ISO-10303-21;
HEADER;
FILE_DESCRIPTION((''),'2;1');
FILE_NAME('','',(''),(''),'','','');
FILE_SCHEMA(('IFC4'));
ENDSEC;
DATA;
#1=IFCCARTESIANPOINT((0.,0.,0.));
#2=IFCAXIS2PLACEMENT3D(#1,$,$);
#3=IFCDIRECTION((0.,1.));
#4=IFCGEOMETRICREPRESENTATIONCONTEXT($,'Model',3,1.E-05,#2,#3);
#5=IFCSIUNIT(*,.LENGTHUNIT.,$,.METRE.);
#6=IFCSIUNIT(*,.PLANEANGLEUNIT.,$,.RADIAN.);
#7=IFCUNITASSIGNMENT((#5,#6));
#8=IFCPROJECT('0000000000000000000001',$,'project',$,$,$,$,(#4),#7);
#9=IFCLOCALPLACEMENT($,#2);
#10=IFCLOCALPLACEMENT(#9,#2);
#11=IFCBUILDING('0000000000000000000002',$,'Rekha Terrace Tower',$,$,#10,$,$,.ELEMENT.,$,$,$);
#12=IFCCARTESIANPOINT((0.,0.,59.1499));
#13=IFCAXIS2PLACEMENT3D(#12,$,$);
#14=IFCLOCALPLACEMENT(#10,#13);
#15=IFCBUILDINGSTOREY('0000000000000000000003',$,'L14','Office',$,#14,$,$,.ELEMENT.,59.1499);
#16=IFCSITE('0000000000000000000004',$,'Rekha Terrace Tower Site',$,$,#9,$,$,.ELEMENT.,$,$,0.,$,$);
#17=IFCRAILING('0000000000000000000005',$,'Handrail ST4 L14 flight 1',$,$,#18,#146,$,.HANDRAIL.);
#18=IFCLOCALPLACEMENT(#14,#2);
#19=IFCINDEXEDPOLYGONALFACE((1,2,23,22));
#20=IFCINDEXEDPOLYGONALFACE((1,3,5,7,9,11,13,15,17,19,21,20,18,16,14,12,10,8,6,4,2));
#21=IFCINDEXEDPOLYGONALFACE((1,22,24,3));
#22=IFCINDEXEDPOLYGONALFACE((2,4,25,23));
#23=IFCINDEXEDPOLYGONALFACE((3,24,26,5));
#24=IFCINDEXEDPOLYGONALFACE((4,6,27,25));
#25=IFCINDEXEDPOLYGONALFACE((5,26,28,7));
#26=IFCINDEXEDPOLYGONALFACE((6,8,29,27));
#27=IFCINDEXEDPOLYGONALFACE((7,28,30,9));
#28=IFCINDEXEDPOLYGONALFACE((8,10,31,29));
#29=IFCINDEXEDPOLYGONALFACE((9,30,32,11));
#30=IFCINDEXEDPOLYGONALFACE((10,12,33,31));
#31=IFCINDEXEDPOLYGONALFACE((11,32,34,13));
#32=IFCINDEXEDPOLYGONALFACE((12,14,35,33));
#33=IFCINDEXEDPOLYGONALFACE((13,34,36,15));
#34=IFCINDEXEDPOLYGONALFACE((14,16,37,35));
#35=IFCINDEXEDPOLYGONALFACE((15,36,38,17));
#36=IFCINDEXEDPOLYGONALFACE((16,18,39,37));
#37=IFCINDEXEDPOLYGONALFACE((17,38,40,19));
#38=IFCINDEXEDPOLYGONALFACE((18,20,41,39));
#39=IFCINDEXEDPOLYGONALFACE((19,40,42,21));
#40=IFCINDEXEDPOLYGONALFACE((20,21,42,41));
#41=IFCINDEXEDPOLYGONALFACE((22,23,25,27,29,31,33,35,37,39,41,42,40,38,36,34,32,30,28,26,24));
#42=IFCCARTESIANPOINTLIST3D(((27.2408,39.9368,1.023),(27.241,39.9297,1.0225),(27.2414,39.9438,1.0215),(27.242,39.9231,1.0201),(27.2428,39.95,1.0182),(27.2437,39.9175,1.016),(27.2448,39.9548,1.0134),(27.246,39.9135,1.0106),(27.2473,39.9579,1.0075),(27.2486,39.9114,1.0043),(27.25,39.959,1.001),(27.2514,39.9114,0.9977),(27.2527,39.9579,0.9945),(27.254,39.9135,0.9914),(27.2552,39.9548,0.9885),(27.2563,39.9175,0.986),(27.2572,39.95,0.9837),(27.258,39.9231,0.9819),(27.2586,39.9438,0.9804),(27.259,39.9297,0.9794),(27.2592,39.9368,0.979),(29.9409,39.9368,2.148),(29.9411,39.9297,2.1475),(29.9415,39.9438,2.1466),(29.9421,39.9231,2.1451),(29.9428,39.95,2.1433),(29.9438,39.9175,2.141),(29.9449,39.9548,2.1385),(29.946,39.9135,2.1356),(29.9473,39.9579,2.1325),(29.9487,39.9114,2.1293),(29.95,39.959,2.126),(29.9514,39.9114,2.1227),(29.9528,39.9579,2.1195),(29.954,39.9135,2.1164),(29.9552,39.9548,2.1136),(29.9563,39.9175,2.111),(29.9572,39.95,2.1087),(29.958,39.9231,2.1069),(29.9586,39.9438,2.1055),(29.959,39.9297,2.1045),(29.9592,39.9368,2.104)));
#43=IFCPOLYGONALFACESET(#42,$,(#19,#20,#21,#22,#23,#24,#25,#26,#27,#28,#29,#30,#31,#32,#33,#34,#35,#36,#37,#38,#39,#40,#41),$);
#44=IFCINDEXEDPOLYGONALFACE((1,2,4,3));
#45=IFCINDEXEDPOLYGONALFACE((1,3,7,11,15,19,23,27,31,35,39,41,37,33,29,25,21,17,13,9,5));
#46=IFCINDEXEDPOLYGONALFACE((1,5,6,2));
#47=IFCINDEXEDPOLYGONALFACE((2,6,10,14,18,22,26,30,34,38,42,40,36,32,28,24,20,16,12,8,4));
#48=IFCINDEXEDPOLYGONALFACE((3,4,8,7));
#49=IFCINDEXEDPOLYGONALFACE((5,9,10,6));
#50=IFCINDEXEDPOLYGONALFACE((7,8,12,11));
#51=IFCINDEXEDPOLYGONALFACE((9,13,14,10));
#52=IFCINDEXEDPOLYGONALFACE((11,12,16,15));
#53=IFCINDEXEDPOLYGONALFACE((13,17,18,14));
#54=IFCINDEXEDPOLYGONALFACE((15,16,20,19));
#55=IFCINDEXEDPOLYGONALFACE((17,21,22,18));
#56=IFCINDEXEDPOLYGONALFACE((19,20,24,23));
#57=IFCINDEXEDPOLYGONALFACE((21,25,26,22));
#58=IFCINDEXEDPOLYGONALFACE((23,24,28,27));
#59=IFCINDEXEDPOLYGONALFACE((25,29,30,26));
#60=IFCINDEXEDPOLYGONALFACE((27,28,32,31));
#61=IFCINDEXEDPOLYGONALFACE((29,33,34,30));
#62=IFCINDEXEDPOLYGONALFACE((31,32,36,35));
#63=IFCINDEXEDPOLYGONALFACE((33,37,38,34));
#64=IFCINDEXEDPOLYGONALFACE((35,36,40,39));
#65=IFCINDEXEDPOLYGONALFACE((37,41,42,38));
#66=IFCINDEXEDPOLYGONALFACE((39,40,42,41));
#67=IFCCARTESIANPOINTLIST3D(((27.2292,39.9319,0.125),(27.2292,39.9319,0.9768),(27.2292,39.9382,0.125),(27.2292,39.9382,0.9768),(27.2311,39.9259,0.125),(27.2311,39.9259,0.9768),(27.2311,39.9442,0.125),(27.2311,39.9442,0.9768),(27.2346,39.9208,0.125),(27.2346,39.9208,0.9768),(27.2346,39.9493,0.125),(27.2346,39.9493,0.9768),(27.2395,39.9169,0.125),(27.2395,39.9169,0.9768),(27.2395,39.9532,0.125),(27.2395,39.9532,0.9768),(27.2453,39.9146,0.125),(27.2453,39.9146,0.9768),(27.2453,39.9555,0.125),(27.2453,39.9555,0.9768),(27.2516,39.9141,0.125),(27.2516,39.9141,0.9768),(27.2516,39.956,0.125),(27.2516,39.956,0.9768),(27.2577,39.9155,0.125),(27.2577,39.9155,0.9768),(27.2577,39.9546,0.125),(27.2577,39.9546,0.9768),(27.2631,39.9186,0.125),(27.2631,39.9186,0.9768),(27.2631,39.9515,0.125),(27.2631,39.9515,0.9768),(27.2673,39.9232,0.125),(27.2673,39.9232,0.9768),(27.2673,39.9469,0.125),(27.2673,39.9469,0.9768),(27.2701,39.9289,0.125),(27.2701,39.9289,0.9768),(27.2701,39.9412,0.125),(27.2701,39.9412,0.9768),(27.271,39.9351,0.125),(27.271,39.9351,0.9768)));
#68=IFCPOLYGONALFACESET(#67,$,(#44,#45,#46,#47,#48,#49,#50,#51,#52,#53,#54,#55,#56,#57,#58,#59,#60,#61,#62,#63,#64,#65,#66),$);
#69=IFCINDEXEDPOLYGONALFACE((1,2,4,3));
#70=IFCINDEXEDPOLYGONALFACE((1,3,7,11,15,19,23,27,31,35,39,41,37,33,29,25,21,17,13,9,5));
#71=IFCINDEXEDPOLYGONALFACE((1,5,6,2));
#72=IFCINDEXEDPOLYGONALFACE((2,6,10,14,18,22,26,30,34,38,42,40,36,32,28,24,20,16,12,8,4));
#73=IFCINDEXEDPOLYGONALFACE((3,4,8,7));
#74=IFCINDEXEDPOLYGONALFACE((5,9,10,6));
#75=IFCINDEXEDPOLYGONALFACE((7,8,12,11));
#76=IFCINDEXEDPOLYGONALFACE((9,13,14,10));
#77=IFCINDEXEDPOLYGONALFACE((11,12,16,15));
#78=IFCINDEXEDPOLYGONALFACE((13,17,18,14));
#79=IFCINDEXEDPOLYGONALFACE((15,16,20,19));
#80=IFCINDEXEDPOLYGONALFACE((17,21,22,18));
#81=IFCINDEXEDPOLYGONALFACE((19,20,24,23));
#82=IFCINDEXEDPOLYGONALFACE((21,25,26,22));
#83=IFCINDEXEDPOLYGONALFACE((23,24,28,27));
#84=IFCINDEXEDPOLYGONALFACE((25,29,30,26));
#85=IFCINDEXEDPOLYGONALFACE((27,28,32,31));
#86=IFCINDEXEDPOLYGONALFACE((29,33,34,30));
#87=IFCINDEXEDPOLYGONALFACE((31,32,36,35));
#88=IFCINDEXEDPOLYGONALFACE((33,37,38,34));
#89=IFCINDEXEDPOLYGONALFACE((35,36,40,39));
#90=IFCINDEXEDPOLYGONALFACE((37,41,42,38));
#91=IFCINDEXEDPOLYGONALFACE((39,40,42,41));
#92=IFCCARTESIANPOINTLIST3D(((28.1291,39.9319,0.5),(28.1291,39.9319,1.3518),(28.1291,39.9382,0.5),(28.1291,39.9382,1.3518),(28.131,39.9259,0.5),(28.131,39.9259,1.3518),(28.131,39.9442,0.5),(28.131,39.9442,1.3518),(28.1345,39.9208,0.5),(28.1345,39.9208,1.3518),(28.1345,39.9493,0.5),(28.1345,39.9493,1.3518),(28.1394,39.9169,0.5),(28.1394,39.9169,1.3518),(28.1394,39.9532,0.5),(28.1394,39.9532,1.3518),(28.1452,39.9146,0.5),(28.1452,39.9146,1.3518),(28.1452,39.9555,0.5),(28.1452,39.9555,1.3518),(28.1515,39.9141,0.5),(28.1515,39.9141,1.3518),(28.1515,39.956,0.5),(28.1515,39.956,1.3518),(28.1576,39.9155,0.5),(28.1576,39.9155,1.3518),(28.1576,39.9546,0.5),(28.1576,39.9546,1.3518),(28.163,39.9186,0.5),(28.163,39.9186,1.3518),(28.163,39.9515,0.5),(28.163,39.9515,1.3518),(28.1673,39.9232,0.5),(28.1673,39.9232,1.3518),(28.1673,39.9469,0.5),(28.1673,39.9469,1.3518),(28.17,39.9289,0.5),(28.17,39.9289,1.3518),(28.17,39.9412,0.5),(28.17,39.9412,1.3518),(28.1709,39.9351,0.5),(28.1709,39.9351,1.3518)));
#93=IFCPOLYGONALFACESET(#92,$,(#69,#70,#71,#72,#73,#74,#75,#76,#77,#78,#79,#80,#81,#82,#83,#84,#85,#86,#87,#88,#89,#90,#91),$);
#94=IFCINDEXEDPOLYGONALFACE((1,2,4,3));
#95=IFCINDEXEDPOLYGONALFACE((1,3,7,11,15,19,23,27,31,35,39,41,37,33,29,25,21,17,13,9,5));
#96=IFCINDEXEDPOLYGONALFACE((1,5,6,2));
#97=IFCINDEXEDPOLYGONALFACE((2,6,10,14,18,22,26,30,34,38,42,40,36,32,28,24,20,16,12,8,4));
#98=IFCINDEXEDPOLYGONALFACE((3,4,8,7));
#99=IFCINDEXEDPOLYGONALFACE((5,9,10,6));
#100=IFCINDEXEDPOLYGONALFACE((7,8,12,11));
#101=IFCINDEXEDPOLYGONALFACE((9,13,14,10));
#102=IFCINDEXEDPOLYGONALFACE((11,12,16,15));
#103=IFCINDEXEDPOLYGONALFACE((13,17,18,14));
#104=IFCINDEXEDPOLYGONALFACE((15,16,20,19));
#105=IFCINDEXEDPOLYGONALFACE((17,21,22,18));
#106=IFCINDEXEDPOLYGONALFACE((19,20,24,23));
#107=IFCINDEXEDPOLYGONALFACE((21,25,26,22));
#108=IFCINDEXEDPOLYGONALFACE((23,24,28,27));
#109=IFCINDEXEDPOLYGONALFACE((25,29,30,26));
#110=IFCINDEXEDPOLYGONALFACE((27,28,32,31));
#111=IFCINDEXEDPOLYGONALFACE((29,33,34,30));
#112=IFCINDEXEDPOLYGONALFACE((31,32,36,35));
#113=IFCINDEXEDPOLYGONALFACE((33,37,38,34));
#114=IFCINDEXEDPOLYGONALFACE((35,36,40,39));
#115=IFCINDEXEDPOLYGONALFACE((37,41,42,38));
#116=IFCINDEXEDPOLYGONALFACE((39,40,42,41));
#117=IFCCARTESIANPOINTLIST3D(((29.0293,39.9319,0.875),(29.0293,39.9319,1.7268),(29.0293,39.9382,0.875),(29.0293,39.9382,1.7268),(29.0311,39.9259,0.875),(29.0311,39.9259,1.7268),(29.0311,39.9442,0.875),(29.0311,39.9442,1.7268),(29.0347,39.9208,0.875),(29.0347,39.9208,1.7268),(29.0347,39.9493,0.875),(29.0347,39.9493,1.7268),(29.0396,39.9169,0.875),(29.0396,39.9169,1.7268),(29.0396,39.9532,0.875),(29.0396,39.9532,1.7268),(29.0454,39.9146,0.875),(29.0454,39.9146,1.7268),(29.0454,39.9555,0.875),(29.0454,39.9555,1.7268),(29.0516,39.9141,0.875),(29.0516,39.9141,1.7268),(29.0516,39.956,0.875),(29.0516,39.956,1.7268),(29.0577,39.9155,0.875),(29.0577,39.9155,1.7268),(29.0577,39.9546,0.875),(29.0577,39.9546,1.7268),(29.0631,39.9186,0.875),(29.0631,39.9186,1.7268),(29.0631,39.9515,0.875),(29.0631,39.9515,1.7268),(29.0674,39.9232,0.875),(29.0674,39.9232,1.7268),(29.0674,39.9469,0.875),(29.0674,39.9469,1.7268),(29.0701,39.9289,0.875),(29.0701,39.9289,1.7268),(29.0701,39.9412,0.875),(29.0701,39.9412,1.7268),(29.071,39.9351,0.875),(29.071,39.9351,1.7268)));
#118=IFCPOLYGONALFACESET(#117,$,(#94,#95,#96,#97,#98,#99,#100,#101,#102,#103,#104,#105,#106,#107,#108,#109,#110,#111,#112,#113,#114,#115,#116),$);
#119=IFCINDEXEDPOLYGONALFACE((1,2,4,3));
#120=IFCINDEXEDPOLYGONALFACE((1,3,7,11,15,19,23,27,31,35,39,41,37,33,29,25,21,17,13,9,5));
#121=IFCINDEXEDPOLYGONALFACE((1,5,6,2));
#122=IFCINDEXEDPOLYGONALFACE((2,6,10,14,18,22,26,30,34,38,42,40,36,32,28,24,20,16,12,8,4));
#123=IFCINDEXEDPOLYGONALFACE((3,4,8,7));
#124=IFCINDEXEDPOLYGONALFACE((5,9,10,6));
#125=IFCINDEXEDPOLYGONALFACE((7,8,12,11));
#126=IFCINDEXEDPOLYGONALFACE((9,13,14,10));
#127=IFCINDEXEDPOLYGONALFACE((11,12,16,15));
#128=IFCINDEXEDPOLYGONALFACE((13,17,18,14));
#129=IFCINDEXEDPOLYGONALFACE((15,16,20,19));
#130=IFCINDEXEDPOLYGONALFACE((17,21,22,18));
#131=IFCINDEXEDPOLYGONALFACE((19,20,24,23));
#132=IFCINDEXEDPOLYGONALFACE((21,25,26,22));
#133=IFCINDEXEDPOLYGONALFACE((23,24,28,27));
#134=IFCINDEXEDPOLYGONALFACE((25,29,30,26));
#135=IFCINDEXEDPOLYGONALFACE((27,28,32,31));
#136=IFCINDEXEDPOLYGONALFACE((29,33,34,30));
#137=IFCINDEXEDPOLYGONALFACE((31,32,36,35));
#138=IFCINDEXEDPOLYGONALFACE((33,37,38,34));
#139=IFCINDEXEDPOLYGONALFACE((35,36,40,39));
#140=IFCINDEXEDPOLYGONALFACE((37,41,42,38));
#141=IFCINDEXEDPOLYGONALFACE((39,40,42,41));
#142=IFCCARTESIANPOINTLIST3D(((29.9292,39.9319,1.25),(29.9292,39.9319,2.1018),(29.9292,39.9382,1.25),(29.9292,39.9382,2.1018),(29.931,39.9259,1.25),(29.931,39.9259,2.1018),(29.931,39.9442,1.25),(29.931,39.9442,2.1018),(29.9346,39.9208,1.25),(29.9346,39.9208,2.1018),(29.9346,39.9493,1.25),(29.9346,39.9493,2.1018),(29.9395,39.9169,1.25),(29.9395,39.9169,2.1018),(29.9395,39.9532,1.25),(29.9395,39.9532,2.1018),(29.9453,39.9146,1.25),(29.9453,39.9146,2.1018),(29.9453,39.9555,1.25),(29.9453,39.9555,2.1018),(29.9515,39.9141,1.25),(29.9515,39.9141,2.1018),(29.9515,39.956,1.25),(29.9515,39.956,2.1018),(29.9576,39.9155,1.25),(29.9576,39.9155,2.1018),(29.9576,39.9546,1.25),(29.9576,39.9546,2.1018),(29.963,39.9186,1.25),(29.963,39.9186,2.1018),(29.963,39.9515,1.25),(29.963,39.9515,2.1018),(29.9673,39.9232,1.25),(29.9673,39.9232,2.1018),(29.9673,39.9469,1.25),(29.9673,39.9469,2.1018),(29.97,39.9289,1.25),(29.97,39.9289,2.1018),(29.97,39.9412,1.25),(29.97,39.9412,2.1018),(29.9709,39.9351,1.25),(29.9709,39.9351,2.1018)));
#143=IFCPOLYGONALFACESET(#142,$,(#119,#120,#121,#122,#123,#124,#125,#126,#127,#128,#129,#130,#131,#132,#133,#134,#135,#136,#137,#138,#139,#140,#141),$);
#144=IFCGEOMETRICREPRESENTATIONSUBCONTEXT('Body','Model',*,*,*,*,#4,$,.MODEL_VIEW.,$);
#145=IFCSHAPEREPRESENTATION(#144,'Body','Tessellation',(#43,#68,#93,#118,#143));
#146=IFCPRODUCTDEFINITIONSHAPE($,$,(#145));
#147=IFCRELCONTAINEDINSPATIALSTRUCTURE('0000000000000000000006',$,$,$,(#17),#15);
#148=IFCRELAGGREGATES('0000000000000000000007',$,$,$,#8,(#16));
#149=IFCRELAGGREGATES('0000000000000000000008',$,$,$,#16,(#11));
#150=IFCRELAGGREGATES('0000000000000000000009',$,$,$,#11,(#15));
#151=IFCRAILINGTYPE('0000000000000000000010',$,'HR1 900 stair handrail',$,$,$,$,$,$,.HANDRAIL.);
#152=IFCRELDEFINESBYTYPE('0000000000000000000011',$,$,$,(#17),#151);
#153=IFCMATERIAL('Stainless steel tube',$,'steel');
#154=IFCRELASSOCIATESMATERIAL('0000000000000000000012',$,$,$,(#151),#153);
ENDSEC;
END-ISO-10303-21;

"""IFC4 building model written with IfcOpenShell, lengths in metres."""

from ifc_helpers import new_model, si_unit, direction, frame, origin, origin_2d, place, context, subcontext, project, spatial, circle, extrude, material, type_object, element, save


model = new_model("IFC4")

# Units and contexts
model_context = context("Model", 3, precision=1e-05, world=origin(), true_north=direction((0.0, 1.0)))
body_context = subcontext(model_context, "Body", "Model", "MODEL_VIEW")
ifc_project = project(units=[si_unit("LENGTHUNIT", "METRE"), si_unit("PLANEANGLEUNIT", "RADIAN")], contexts=[model_context])

# Site, building, storey
site_placement = place(None, origin())
site = spatial("IfcSite", under=ifc_project, at=site_placement, Name="Rekha Terrace Tower Site", CompositionType="ELEMENT", RefElevation=0.0)
building_placement = place(site_placement, origin())
building = spatial("IfcBuilding", under=site, at=building_placement, Name="Rekha Terrace Tower", CompositionType="ELEMENT")
storey_placement = place(building_placement, frame((0.0, 0.0, 59.1499)))
storey = spatial("IfcBuildingStorey", under=building, at=storey_placement, Name="L14", Description="Office", CompositionType="ELEMENT", Elevation=59.1499)

# Railing
ifc_material_1 = material(Name="Stainless steel tube", Category="steel")
railing_type_1 = type_object("IfcRailingType", Name="HR1 900 stair handrail", PredefinedType="HANDRAIL", material=ifc_material_1)
railing_1_placement = place(storey_placement, frame((27.25, 39.9351, 0.125)))
element("IfcRailing", 1, at=railing_1_placement, inside=storey, type_object=railing_type_1, Name="Handrail ST4 L14 flight 1", PredefinedType="HANDRAIL", context=body_context, shape_type="SweptSolid", body=[
    extrude(circle(Radius=0.0239, at=origin_2d()), frame((0.0, 0.0, 0.876), z_axis=(0.923074, 0.0, 0.384621), x_axis=(0.0, 1.0, 0.0)), (0.0, 0.0, 1.0), 2.925),
    extrude(circle(Radius=0.021, at=origin_2d()), origin(), (0.0, 0.0, 1.0), 0.8518),
    extrude(circle(Radius=0.021, at=origin_2d()), frame((0.8999, 0.0, 0.375)), (0.0, 0.0, 1.0), 0.8518),
    extrude(circle(Radius=0.021, at=origin_2d()), frame((1.8, 0.0, 0.75)), (0.0, 0.0, 1.0), 0.8518),
    extrude(circle(Radius=0.021, at=origin_2d()), frame((2.7, 0.0, 1.125)), (0.0, 0.0, 1.0), 0.8518),
])

save(model, "model.ifc")
